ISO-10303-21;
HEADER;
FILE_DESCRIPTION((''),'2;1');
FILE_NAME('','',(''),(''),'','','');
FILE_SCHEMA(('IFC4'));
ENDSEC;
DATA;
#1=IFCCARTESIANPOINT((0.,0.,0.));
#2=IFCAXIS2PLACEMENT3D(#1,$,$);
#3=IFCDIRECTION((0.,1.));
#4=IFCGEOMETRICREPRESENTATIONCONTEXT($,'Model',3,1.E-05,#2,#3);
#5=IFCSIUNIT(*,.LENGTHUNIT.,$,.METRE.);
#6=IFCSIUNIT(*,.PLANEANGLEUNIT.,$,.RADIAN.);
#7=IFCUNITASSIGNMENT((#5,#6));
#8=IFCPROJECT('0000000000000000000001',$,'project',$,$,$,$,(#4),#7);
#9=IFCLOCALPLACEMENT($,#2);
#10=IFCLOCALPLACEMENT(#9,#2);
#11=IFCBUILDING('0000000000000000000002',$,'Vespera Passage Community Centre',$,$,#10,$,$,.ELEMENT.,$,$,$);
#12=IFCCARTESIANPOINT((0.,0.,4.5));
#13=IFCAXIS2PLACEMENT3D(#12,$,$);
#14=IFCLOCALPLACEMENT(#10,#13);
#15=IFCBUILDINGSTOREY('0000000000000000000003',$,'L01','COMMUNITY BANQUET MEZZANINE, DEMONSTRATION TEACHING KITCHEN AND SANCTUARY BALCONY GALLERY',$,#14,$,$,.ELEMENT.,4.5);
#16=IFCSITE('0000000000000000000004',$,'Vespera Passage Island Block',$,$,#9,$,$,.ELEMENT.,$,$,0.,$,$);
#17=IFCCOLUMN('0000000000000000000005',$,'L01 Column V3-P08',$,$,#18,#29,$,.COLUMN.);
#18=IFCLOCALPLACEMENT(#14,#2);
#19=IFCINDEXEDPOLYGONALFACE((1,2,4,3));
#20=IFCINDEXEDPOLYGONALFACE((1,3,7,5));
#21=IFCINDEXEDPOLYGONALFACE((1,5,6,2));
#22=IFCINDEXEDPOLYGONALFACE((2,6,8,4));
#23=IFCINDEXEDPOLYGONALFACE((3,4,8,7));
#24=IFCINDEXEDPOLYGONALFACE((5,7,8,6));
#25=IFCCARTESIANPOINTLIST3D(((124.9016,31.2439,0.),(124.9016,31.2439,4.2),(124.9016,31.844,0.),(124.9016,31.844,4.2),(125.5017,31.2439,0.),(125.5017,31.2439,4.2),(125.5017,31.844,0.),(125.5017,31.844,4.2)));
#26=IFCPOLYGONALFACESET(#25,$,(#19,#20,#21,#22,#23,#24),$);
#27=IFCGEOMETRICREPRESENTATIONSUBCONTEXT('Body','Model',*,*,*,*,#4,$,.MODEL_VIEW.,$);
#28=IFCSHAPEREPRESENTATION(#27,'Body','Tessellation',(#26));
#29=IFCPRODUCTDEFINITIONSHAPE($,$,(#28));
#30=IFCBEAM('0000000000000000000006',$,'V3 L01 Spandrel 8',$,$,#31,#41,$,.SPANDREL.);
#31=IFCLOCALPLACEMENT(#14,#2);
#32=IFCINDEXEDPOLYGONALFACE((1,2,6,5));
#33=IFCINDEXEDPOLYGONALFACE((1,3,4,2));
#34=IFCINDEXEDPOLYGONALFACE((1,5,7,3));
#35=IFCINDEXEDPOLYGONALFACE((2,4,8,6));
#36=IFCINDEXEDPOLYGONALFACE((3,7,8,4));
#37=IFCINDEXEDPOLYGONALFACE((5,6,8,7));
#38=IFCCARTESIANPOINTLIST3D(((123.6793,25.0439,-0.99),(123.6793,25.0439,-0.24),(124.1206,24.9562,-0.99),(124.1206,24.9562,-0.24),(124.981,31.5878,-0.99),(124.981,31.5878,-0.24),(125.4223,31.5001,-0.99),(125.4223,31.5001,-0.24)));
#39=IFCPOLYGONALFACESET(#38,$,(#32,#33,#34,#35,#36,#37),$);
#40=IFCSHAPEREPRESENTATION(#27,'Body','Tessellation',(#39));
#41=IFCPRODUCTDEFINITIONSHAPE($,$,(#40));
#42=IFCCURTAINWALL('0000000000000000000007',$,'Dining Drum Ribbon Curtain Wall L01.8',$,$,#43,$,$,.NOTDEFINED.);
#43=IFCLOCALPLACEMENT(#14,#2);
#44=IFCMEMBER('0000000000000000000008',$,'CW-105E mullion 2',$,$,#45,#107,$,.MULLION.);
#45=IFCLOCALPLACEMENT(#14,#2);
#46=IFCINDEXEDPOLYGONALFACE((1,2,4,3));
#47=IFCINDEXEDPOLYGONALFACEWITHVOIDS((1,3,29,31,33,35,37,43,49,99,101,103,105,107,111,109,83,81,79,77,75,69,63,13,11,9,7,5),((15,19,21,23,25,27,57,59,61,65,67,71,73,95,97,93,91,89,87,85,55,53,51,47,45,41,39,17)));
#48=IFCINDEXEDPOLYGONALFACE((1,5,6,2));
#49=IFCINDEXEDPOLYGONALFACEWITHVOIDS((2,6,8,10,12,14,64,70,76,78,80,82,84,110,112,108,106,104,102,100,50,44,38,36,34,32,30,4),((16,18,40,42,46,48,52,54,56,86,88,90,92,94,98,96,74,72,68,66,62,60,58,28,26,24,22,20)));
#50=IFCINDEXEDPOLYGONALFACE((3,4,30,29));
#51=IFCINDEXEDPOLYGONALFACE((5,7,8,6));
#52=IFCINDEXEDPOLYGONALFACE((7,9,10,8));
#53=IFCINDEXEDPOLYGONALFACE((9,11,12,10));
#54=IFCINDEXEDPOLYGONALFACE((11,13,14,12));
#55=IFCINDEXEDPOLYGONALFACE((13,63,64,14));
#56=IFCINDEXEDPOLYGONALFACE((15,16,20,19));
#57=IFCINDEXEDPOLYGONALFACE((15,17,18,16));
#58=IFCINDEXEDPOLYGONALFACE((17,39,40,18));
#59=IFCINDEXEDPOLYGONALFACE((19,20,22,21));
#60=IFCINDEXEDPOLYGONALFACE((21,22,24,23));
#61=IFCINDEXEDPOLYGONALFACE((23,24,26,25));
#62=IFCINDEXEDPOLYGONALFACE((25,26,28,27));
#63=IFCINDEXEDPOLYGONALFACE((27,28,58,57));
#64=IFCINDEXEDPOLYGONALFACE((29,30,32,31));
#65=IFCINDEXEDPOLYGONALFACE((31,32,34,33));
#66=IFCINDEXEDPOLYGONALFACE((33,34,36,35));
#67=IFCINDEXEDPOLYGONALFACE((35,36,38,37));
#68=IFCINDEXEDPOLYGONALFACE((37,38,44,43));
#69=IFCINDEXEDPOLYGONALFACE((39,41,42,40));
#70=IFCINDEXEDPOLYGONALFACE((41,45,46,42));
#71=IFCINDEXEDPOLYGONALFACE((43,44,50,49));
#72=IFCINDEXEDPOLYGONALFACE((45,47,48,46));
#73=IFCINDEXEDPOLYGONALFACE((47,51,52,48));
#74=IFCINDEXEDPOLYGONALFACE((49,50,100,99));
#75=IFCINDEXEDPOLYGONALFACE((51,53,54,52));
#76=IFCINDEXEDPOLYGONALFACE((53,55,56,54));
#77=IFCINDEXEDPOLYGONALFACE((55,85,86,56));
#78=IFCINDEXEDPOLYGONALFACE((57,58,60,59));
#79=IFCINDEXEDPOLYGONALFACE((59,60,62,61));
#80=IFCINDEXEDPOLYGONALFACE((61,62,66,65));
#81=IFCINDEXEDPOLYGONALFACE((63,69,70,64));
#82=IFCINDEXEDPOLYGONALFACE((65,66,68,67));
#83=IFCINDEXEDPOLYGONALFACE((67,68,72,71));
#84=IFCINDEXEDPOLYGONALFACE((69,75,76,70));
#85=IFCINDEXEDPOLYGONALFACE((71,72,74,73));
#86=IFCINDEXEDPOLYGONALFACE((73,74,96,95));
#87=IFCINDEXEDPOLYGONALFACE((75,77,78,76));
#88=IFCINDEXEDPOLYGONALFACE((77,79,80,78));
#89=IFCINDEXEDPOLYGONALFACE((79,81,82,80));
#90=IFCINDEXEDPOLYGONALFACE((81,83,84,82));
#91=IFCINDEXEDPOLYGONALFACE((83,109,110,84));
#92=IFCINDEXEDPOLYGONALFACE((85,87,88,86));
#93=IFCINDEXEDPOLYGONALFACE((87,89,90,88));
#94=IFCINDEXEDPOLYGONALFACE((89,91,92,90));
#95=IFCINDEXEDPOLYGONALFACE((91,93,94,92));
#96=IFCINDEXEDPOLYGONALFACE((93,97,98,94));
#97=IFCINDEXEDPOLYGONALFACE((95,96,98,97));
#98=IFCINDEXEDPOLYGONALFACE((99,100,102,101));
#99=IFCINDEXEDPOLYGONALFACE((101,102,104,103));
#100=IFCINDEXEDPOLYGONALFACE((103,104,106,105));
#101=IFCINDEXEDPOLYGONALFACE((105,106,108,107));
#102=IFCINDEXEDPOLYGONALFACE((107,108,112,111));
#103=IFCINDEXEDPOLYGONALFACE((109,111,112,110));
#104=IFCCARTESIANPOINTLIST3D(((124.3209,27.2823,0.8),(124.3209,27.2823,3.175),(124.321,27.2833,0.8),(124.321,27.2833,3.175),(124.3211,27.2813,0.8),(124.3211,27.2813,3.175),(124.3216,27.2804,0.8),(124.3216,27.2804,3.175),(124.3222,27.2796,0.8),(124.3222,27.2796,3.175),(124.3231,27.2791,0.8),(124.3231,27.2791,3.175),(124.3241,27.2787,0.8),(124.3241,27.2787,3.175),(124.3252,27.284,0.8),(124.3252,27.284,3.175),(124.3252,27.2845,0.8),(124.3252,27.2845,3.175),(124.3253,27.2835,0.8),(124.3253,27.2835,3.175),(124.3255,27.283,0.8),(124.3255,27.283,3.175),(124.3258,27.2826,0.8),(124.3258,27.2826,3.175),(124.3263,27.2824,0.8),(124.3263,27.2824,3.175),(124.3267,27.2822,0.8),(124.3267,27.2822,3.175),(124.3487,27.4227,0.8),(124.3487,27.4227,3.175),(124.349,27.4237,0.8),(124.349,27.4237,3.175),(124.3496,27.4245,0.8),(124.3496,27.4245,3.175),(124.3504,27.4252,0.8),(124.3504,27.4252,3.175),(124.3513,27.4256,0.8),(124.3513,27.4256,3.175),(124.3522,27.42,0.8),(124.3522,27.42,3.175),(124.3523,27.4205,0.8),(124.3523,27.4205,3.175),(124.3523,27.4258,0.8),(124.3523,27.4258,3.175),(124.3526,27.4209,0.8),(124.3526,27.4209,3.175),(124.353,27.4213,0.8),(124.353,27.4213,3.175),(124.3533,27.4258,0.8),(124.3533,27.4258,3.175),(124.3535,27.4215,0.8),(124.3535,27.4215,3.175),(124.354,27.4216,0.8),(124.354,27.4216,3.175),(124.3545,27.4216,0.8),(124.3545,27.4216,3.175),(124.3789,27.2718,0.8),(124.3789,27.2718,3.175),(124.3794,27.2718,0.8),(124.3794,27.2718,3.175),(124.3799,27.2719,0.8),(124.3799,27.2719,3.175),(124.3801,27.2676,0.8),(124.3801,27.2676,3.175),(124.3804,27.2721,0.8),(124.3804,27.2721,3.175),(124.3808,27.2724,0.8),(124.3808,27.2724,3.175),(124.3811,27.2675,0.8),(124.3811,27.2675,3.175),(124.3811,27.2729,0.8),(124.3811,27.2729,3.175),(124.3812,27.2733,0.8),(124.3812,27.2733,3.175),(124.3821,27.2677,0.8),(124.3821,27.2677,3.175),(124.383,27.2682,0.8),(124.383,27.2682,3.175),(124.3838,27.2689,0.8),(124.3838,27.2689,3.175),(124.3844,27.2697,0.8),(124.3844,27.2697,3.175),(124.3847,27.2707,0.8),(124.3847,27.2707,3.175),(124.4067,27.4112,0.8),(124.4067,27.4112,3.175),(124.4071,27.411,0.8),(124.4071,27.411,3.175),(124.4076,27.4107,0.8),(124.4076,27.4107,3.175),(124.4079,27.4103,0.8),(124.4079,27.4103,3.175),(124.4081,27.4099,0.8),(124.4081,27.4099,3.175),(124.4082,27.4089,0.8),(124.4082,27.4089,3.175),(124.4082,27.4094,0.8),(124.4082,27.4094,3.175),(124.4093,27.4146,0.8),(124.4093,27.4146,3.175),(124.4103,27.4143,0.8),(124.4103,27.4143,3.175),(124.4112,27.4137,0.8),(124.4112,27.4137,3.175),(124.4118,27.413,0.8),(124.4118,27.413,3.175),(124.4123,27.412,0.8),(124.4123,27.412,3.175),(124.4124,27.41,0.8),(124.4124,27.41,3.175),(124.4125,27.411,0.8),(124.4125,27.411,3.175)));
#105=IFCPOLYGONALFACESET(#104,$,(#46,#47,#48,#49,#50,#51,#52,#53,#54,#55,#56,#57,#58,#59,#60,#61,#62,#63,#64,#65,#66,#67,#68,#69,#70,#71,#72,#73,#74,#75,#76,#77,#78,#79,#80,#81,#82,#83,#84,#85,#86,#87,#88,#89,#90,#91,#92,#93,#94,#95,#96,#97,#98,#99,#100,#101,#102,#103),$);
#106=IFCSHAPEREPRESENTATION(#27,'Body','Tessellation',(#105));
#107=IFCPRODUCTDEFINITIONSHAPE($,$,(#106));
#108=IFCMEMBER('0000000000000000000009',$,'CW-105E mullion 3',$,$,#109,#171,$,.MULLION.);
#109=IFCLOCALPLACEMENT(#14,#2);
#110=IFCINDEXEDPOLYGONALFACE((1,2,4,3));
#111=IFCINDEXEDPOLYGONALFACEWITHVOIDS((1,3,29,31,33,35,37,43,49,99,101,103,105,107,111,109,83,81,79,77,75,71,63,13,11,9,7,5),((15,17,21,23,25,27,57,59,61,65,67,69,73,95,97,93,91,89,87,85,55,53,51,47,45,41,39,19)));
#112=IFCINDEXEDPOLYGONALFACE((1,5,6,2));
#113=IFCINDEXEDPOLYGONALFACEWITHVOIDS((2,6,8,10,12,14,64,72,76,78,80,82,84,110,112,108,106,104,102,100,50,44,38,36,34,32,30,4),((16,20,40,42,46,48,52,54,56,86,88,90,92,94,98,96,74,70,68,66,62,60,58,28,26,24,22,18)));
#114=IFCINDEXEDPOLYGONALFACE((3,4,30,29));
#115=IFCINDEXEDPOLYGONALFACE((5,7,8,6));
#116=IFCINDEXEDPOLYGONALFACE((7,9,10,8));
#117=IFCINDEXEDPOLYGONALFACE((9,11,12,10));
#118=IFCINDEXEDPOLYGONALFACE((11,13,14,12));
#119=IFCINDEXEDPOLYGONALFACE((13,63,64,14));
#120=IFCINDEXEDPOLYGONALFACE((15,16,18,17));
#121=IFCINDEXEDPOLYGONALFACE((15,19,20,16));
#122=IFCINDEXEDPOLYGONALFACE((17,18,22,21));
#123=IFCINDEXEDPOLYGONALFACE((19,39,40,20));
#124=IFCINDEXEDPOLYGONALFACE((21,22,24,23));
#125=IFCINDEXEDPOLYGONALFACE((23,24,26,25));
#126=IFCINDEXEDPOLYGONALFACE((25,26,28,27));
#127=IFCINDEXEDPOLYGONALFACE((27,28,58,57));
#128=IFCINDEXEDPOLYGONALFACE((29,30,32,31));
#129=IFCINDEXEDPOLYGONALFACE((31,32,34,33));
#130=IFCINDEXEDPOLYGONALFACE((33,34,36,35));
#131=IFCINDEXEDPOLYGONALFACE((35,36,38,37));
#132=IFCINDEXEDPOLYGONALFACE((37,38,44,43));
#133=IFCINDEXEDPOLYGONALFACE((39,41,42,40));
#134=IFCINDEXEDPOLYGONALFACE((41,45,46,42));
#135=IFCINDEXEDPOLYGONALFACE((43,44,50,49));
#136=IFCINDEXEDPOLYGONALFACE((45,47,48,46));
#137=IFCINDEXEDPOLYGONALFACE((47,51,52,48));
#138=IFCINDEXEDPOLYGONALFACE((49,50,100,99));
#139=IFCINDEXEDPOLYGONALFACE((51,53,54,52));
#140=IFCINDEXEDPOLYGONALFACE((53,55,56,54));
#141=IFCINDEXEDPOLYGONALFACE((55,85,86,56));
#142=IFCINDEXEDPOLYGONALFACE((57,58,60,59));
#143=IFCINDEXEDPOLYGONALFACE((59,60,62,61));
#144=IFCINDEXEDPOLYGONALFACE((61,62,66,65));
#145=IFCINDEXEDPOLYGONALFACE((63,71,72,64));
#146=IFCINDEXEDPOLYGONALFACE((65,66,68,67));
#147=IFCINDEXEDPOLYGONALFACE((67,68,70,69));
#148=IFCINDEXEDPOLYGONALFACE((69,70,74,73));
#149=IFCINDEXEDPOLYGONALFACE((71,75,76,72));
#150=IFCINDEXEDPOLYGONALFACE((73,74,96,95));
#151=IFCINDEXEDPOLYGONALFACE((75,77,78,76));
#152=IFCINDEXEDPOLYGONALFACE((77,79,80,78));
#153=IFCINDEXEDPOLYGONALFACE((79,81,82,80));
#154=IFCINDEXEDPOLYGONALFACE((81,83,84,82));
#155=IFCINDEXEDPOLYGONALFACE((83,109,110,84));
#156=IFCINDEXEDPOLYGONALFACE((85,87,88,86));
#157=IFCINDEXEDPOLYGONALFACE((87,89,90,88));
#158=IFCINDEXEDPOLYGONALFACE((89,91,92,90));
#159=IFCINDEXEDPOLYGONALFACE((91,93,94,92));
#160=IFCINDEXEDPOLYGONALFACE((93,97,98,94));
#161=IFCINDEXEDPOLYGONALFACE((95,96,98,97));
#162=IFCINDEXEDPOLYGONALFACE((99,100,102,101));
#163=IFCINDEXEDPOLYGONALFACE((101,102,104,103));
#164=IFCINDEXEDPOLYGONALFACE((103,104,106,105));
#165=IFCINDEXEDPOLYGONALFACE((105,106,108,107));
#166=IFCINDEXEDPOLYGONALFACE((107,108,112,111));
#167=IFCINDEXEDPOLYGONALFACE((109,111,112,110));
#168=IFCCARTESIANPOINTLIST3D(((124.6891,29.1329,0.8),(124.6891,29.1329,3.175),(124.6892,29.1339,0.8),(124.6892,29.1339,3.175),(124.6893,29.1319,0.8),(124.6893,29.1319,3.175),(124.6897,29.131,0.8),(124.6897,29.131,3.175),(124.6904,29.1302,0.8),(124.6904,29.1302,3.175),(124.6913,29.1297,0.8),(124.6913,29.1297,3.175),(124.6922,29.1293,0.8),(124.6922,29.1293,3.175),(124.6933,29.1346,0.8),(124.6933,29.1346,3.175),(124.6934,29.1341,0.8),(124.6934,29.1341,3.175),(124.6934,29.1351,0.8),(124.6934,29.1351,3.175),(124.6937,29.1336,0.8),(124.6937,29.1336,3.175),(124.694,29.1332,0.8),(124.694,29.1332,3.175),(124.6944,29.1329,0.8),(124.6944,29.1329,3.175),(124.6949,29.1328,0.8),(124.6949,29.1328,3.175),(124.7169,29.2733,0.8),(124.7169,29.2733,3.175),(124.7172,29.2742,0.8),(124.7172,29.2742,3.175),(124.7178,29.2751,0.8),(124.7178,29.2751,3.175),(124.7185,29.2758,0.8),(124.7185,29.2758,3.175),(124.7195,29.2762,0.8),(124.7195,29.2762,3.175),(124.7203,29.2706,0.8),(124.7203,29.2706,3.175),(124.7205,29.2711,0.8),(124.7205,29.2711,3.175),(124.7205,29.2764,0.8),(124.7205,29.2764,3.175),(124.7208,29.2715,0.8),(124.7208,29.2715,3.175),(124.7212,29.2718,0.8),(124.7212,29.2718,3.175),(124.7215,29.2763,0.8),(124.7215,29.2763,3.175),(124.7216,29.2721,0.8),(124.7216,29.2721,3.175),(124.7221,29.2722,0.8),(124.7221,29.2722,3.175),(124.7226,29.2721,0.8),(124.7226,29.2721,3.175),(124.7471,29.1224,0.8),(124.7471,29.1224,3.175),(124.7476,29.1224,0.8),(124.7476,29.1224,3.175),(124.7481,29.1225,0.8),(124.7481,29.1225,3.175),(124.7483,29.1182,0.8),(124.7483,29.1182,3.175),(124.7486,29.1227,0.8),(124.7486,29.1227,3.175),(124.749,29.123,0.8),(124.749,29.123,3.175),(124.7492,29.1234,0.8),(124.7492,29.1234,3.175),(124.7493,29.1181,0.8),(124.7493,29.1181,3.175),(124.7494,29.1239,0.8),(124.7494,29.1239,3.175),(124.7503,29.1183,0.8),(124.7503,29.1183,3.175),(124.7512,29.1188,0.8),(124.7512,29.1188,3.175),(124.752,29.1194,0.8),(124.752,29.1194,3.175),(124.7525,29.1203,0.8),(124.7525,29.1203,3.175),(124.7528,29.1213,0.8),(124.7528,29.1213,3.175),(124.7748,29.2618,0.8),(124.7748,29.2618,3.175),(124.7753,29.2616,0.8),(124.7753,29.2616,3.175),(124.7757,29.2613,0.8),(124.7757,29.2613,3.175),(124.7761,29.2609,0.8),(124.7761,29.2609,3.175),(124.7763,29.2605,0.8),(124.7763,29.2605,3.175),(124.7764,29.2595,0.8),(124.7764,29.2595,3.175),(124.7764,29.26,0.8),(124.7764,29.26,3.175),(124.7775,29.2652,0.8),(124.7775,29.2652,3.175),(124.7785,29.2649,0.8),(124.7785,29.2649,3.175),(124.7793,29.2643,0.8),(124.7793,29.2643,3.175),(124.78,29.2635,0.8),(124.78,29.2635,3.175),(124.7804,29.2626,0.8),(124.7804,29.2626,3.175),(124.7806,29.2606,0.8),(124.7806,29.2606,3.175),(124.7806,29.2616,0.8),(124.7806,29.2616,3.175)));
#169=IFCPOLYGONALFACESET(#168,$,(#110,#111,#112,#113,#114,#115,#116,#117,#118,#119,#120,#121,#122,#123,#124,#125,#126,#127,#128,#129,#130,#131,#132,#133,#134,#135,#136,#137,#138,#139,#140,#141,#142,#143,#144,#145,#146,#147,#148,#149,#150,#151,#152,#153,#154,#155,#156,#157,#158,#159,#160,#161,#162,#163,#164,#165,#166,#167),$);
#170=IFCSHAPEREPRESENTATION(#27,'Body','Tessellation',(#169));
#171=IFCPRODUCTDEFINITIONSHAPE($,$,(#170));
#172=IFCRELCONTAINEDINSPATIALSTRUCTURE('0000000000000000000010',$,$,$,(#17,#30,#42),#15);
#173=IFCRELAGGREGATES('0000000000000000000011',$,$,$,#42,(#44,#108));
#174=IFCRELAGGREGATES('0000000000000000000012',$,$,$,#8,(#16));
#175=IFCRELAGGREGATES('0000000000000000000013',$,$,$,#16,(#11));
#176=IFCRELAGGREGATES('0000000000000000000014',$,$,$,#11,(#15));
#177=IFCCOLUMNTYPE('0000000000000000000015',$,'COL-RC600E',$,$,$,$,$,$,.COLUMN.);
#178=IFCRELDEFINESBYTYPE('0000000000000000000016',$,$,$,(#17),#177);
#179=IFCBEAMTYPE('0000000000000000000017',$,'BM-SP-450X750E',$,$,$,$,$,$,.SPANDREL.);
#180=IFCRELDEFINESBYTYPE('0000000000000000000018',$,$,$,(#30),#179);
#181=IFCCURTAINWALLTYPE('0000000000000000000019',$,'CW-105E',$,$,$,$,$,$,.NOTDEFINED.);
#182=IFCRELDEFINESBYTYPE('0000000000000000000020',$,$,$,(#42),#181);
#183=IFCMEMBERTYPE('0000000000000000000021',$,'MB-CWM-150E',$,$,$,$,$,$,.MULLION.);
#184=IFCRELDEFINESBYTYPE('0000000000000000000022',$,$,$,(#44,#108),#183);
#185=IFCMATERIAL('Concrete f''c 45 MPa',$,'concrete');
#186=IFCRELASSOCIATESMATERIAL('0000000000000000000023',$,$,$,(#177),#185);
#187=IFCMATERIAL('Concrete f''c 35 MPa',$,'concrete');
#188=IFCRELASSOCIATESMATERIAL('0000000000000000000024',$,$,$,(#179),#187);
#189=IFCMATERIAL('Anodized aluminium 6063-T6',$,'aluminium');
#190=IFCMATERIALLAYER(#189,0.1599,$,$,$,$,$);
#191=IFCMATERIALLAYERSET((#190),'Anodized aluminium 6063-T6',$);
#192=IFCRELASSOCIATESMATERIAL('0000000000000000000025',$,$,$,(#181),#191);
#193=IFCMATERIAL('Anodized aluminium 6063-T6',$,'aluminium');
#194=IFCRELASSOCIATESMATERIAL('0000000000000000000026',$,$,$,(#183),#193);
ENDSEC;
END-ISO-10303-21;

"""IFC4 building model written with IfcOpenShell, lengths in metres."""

from ifc_helpers import new_model, si_unit, direction, frame, origin, origin_2d, place, context, subcontext, project, spatial, rectangle, hollow_rectangle, extrude, material, layer, layer_set, material_profile, profile_set, type_object, element, aggregate, save


model = new_model("IFC4")

# Units and contexts
model_context = context("Model", 3, precision=1e-05, world=origin(), true_north=direction((0.0, 1.0)))
body_context = subcontext(model_context, "Body", "Model", "MODEL_VIEW")
ifc_project = project(units=[si_unit("LENGTHUNIT", "METRE"), si_unit("PLANEANGLEUNIT", "RADIAN")], contexts=[model_context])

# Site, building, storey
site_placement = place(None, origin())
site = spatial("IfcSite", under=ifc_project, at=site_placement, Name="Vespera Passage Island Block", CompositionType="ELEMENT", RefElevation=0.0)
building_placement = place(site_placement, origin())
building = spatial("IfcBuilding", under=site, at=building_placement, Name="Vespera Passage Community Centre", CompositionType="ELEMENT")
storey_placement = place(building_placement, frame((0.0, 0.0, 4.5)))
storey = spatial("IfcBuildingStorey", under=building, at=storey_placement, Name="L01", Description="COMMUNITY BANQUET MEZZANINE, DEMONSTRATION TEACHING KITCHEN AND SANCTUARY BALCONY GALLERY", CompositionType="ELEMENT", Elevation=4.5)

# Column
ifc_material_1 = material(Name="Concrete f'c 45 MPa", Category="concrete")
ifc_material_profile_1 = material_profile(ifc_material_1, rectangle(XDim=0.6001, YDim=0.6001, at=origin_2d()), Name="RC600X600")
ifc_profile_set_1 = profile_set([ifc_material_profile_1], Name="Concrete f'c 45 MPa")
column_type = type_object("IfcColumnType", Name="COL-RC600E", PredefinedType="COLUMN", material=ifc_profile_set_1)
column_placement = place(storey_placement, frame((125.2017, 31.5439, 0.0), z_axis=(0.0, 0.0, 1.0), x_axis=(1.0, 0.0, 0.0)))
element("IfcColumn", 1, at=column_placement, inside=storey, type_object=column_type, Name="L01 Column V3-P08", PredefinedType="COLUMN", context=body_context, shape_type="SweptSolid", body=[
    extrude(rectangle(XDim=0.6001, YDim=0.6001, at=origin_2d()), origin(), (0.0, 0.0, 1.0), 4.2),
])

# Beam
ifc_material_2 = material(Name="Concrete f'c 35 MPa", Category="concrete")
ifc_material_profile_2 = material_profile(ifc_material_2, rectangle(XDim=0.45, YDim=0.75, at=origin_2d()), Name="RC450X750")
ifc_profile_set_2 = profile_set([ifc_material_profile_2], Name="Concrete f'c 35 MPa")
beam_type = type_object("IfcBeamType", Name="BM-SP-450X750E", PredefinedType="SPANDREL", material=ifc_profile_set_2)
beam_placement = place(storey_placement, frame((125.2017, 31.5439, -0.615), z_axis=(-0.195103, -0.980783, 0.0), x_axis=(0.980783, -0.195103, 0.0)))
element("IfcBeam", 2, at=beam_placement, inside=storey, type_object=beam_type, Name="V3 L01 Spandrel 8", PredefinedType="SPANDREL", context=body_context, shape_type="SweptSolid", body=[
    extrude(rectangle(XDim=0.45, YDim=0.75, at=origin_2d()), origin(), (0.0, 0.0, 1.0), 6.6721),
])

# Curtain wall, members
ifc_material_3 = material(Name="Anodized aluminium 6063-T6", Category="aluminium")
ifc_layer_1 = layer(ifc_material_3, 0.1599)
ifc_layer_set_1 = layer_set([ifc_layer_1], Name="Anodized aluminium 6063-T6")
curtain_wall_type = type_object("IfcCurtainWallType", Name="CW-105E", PredefinedType="NOTDEFINED", material=ifc_layer_set_1)
curtain_wall_1_placement = place(storey_placement, origin())
curtain_wall_1 = element("IfcCurtainWall", 3, at=curtain_wall_1_placement, inside=storey, type_object=curtain_wall_type, Name="Dining Drum Ribbon Curtain Wall L01.8", PredefinedType="NOTDEFINED")
ifc_material_4 = material(Name="Anodized aluminium 6063-T6", Category="aluminium")
ifc_material_profile_3 = material_profile(ifc_material_4, hollow_rectangle(XDim=0.0649, YDim=0.1499, WallThickness=0.0039, InnerFilletRadius=0.002, OuterFilletRadius=0.0039, at=origin_2d()), Name="ALU150X65X4")
ifc_profile_set_3 = profile_set([ifc_material_profile_3], Name="Anodized aluminium 6063-T6")
member_type_1 = type_object("IfcMemberType", Name="MB-CWM-150E", PredefinedType="MULLION", material=ifc_profile_set_3)
member_1_placement = place(storey_placement, frame((124.3667, 27.3467, 0.8), z_axis=(0.0, 0.0, 1.0), x_axis=(-0.980784, 0.195097, 0.0)))
member_1 = element("IfcMember", 4, at=member_1_placement, type_object=member_type_1, Name="CW-105E mullion 2", PredefinedType="MULLION", context=body_context, shape_type="SweptSolid", body=[
    extrude(hollow_rectangle(XDim=0.0649, YDim=0.1499, WallThickness=0.0039, InnerFilletRadius=0.002, OuterFilletRadius=0.0039, at=origin_2d()), origin(), (0.0, 0.0, 1.0), 2.375),
])
member_2_placement = place(storey_placement, frame((124.7349, 29.1973, 0.8), z_axis=(0.0, 0.0, 1.0), x_axis=(-0.980784, 0.195097, 0.0)))
member_2 = element("IfcMember", 5, at=member_2_placement, type_object=member_type_1, Name="CW-105E mullion 3", PredefinedType="MULLION", context=body_context, shape_type="SweptSolid", body=[
    extrude(hollow_rectangle(XDim=0.0649, YDim=0.1499, WallThickness=0.0039, InnerFilletRadius=0.002, OuterFilletRadius=0.0039, at=origin_2d()), origin(), (0.0, 0.0, 1.0), 2.375),
])

aggregate(curtain_wall_1, [member_1, member_2])

save(model, "model.ifc")
